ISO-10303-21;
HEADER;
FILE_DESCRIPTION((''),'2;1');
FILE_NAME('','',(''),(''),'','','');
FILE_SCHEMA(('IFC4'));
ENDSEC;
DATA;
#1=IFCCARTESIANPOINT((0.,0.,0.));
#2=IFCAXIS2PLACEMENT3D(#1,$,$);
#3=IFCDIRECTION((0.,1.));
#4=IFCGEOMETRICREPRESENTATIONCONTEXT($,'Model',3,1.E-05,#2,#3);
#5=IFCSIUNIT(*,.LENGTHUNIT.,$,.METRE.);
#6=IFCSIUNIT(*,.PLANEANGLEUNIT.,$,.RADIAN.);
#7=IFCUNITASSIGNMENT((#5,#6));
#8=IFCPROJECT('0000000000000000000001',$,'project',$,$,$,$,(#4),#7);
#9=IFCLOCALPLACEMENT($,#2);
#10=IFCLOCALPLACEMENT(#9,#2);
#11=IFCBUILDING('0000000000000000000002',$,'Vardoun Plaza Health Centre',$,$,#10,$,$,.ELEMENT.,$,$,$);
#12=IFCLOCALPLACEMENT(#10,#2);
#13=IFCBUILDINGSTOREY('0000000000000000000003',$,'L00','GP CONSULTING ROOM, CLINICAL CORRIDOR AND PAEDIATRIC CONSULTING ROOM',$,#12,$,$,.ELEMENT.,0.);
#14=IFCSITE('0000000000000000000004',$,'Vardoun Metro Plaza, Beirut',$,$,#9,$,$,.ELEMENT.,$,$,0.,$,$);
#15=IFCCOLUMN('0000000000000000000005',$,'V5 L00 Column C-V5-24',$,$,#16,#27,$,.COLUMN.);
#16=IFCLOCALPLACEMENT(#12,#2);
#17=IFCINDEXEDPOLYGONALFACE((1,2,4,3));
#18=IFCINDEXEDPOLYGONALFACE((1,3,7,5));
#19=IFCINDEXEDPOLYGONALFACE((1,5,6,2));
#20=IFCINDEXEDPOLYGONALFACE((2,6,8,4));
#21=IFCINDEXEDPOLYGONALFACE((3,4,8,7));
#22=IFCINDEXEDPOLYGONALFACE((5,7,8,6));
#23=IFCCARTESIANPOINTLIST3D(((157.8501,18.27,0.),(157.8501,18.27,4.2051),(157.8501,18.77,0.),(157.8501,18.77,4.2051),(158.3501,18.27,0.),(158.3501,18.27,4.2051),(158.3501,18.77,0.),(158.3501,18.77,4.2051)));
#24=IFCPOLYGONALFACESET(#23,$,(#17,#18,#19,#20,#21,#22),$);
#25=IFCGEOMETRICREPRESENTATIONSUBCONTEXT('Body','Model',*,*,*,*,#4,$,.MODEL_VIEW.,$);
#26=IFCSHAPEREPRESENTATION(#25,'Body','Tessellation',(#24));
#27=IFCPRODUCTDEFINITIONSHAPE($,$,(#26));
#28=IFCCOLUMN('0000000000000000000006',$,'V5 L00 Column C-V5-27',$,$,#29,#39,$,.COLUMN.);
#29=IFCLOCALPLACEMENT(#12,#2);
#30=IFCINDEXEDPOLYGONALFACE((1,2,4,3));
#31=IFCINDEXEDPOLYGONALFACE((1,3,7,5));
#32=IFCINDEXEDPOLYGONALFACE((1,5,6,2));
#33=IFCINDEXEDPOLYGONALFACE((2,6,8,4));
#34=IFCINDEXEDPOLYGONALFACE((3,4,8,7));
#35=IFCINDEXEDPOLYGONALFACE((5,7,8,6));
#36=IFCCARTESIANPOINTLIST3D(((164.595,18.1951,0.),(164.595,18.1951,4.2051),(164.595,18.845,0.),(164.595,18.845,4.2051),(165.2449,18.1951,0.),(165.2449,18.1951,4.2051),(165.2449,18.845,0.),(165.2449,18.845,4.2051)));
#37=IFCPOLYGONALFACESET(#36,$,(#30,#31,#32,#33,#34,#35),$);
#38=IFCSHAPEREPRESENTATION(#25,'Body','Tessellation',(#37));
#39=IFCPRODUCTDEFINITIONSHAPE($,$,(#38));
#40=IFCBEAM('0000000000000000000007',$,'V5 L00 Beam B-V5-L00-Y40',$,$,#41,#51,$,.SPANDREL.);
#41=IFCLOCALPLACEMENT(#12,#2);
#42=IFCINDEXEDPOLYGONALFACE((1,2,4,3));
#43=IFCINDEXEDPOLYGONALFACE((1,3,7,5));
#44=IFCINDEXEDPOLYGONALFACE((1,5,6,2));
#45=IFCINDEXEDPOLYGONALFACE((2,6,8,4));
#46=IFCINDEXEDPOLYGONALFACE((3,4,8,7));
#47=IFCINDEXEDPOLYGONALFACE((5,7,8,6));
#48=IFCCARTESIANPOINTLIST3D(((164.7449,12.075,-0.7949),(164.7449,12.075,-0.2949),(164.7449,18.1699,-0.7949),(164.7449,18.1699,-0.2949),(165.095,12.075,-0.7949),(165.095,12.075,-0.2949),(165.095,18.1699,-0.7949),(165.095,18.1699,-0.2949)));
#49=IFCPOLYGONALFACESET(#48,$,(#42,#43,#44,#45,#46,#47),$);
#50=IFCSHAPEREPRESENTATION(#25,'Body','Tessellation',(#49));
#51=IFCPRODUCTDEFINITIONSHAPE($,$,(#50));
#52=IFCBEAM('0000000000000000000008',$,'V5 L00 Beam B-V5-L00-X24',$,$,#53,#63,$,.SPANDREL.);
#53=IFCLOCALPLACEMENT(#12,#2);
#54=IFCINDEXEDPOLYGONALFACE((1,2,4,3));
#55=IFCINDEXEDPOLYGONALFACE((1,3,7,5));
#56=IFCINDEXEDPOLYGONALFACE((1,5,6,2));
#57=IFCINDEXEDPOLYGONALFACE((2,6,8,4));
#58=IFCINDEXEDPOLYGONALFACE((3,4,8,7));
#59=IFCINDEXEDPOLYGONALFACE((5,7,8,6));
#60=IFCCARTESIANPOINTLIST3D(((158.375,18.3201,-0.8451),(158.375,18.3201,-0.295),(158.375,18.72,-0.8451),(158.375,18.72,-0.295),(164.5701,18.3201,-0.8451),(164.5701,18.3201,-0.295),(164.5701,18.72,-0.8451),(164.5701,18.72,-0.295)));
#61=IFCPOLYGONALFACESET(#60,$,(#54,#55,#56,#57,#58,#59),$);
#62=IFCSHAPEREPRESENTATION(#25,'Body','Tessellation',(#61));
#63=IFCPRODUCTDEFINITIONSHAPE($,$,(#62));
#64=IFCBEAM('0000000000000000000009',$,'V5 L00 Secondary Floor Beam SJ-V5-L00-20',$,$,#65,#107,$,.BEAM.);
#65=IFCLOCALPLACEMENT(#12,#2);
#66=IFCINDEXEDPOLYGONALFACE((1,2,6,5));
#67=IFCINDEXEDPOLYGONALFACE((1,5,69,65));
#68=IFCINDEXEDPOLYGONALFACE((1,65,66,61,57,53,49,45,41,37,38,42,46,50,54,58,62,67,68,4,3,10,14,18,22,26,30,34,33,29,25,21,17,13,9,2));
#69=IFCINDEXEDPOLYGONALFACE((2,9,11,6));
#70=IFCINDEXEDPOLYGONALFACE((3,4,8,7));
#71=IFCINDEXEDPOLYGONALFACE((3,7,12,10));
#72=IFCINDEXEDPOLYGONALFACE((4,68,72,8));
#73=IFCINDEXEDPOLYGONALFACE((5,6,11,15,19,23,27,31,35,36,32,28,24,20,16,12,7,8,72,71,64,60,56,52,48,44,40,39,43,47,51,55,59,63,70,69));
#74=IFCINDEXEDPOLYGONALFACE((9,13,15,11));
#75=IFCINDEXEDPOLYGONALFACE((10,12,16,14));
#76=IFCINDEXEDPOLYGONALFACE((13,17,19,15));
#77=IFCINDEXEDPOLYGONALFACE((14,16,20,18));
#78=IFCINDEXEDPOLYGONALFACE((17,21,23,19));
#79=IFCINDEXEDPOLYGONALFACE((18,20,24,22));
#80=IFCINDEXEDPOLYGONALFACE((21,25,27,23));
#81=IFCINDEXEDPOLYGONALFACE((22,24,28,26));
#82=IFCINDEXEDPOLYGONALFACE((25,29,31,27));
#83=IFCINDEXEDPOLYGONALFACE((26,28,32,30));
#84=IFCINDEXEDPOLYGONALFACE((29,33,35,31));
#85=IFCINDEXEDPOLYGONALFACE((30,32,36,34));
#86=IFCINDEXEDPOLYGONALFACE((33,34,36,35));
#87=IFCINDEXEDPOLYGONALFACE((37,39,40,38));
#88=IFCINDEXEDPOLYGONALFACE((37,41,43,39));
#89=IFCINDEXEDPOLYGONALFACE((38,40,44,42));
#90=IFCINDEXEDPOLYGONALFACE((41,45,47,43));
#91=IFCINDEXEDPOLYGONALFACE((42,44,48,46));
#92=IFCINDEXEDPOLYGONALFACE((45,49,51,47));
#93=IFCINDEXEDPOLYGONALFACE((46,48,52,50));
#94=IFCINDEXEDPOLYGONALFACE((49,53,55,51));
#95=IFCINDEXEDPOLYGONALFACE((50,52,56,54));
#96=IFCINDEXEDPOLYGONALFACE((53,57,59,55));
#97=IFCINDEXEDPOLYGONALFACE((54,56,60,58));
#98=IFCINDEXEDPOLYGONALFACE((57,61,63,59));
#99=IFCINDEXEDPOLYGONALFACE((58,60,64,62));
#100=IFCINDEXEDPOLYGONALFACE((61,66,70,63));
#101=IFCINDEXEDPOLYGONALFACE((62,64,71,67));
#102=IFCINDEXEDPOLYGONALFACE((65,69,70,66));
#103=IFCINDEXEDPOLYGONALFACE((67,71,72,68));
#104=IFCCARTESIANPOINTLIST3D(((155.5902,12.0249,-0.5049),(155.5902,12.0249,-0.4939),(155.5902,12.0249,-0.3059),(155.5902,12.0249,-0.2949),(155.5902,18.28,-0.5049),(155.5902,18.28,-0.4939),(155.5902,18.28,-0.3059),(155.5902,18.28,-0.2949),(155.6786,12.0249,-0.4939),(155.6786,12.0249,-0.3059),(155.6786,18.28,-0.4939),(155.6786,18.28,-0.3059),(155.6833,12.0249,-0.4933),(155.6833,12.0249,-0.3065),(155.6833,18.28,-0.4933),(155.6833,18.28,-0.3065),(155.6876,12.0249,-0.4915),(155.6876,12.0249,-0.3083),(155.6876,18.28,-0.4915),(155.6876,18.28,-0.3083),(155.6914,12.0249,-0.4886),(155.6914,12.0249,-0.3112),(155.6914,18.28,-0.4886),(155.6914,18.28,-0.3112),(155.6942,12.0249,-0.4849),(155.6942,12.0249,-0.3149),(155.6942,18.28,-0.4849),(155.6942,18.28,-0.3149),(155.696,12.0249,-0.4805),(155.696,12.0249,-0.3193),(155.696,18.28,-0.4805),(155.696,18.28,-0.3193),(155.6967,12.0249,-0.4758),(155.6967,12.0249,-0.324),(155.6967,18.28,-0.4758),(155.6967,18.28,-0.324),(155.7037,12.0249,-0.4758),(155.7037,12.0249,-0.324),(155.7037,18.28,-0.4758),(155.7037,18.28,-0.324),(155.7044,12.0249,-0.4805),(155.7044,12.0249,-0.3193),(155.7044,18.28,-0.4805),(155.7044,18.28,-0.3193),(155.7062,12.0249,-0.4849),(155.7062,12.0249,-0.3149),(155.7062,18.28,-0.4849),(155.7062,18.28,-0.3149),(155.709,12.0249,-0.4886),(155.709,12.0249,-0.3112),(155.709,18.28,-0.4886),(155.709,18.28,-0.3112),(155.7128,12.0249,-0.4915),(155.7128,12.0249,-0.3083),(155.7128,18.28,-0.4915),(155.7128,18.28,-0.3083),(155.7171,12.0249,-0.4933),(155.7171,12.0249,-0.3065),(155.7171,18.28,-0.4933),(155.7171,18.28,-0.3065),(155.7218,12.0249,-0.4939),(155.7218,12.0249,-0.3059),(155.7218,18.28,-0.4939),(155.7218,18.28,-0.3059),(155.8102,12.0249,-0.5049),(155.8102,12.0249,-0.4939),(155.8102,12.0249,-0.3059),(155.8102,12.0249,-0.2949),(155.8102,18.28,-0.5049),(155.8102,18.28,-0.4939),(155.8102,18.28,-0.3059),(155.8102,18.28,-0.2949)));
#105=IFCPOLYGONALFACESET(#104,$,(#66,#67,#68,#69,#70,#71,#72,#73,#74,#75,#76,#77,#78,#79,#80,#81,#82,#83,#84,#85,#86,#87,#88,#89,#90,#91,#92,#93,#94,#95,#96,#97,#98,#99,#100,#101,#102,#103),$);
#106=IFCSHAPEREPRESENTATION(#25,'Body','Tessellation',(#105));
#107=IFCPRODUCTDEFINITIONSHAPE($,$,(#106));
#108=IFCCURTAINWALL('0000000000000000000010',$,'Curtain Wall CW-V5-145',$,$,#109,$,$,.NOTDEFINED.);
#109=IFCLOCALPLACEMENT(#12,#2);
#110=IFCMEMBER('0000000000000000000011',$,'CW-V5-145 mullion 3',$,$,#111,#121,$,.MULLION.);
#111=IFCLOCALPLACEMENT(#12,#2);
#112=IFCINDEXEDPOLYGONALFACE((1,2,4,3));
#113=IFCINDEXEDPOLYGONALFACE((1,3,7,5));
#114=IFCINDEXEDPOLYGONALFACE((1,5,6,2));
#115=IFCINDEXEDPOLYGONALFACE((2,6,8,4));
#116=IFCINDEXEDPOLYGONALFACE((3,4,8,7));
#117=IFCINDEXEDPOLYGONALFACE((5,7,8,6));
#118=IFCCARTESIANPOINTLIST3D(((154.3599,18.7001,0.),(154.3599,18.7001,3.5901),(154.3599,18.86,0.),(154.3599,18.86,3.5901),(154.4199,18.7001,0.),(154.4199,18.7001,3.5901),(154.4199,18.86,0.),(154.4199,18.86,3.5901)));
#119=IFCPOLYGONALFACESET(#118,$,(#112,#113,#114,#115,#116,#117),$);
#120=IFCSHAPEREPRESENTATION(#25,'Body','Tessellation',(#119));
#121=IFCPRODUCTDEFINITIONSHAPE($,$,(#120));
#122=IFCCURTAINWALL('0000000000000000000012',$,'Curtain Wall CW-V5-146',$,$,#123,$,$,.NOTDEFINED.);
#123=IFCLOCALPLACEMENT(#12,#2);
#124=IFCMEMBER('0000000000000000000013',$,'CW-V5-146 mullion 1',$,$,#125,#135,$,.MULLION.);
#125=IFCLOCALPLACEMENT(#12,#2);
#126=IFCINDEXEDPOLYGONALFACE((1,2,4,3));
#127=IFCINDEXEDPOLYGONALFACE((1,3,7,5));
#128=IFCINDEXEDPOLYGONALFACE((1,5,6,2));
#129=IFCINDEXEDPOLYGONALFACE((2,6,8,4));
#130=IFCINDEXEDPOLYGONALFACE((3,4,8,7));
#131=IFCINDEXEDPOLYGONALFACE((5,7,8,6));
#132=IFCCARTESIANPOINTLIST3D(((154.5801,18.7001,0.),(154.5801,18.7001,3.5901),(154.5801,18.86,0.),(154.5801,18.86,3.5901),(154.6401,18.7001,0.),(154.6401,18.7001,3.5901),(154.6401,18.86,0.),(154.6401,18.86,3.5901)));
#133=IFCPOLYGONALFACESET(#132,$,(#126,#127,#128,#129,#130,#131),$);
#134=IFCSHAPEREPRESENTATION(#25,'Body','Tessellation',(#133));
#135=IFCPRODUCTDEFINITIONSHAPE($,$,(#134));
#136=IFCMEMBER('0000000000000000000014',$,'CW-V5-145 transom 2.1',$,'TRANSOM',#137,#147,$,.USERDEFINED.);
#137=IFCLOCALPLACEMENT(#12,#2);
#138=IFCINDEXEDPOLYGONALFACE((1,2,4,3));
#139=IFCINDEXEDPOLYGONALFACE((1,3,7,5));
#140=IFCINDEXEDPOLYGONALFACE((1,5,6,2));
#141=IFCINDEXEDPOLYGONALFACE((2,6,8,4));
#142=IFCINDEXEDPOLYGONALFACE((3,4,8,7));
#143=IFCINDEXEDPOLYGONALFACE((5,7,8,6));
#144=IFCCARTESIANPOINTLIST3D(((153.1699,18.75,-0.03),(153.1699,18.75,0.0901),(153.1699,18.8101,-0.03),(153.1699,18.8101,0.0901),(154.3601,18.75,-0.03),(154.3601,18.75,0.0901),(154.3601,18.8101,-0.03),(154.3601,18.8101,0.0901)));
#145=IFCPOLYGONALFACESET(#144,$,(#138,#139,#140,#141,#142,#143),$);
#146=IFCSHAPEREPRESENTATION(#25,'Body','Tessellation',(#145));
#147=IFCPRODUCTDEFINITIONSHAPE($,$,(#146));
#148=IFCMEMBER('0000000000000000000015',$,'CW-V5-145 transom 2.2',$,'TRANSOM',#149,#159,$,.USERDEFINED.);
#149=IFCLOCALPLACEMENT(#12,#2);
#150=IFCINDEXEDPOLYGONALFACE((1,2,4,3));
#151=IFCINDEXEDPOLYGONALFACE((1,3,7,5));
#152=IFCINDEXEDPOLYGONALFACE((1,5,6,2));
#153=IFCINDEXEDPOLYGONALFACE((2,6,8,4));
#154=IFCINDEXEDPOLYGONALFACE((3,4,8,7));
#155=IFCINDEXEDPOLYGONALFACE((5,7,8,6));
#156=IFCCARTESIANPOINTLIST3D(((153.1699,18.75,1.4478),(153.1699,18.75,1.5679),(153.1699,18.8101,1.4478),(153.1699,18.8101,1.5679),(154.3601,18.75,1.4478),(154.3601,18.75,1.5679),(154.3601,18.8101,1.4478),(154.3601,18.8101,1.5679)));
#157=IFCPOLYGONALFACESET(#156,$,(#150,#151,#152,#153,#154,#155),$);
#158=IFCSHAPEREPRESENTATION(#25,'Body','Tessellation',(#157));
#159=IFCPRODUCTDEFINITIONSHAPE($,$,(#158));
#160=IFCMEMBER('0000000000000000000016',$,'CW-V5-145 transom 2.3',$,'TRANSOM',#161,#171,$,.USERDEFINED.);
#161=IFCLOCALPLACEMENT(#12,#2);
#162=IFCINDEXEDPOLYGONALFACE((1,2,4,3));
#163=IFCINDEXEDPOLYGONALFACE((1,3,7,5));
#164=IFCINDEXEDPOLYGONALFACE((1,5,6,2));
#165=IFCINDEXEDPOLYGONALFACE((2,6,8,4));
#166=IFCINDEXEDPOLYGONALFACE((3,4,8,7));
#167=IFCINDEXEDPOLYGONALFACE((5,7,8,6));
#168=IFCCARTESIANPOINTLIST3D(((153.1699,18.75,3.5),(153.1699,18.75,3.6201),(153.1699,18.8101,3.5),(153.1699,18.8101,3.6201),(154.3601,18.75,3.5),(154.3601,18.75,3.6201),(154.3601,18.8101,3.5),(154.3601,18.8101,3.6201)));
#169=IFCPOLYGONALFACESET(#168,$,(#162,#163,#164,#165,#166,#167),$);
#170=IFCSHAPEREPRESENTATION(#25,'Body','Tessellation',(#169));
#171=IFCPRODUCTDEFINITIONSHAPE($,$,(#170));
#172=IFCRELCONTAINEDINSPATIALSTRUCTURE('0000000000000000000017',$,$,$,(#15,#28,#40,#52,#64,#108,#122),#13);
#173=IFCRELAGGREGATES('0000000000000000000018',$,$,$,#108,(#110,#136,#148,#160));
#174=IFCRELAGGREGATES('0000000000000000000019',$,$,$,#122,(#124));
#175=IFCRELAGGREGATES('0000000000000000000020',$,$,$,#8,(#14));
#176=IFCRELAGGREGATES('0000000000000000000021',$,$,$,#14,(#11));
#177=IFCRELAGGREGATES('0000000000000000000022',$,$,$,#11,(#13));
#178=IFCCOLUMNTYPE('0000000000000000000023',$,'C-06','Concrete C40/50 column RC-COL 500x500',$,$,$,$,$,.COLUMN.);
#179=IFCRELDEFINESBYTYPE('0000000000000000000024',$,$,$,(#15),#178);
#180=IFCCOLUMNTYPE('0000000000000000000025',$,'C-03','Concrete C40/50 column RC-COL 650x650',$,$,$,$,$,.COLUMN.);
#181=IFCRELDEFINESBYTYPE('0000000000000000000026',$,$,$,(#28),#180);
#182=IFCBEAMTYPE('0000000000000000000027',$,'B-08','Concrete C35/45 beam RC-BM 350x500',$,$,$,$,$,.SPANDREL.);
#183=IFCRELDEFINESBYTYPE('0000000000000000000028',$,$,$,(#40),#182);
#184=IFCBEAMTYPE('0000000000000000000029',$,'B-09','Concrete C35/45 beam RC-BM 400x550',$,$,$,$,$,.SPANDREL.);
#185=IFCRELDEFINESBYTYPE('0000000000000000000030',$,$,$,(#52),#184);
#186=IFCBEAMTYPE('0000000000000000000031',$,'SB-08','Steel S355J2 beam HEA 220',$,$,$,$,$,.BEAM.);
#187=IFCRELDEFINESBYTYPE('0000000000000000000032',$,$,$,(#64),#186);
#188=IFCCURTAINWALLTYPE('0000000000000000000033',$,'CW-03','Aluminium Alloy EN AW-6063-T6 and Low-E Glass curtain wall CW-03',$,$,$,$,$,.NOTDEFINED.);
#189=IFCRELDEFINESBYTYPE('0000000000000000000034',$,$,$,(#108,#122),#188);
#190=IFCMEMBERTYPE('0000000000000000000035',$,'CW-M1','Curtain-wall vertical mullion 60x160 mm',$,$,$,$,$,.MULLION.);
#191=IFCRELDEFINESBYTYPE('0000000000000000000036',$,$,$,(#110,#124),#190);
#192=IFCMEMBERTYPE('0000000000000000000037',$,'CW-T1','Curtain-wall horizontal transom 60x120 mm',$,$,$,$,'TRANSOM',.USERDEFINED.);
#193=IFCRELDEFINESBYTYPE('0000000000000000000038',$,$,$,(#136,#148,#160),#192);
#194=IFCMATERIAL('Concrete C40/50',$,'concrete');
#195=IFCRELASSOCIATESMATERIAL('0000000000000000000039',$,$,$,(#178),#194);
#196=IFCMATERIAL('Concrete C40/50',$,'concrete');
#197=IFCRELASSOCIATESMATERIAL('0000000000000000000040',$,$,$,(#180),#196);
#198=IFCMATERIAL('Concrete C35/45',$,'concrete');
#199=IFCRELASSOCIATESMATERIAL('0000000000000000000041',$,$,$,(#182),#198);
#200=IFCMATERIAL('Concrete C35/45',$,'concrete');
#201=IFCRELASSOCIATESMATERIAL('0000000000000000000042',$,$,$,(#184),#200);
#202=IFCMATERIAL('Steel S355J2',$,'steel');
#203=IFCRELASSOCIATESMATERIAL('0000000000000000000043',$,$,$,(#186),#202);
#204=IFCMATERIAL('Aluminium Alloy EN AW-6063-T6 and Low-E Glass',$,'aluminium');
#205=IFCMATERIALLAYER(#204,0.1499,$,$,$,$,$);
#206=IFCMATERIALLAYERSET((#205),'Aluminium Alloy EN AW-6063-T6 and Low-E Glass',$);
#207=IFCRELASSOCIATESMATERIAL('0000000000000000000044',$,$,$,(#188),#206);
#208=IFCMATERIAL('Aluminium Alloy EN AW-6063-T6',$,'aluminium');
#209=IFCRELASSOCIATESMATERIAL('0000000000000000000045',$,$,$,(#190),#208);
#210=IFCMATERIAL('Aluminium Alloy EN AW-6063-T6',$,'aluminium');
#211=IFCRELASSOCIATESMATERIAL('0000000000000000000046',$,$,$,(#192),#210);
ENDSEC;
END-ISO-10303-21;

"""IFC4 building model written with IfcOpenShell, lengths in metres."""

from ifc_helpers import new_model, si_unit, direction, frame, origin, origin_2d, place, context, subcontext, project, spatial, rectangle, i_section, extrude, material, layer, layer_set, material_profile, profile_set, type_object, element, aggregate, save


model = new_model("IFC4")

# Units and contexts
model_context = context("Model", 3, precision=1e-05, world=origin(), true_north=direction((0.0, 1.0)))
body_context = subcontext(model_context, "Body", "Model", "MODEL_VIEW")
ifc_project = project(units=[si_unit("LENGTHUNIT", "METRE"), si_unit("PLANEANGLEUNIT", "RADIAN")], contexts=[model_context])

# Site, building, storey
site_placement = place(None, origin())
site = spatial("IfcSite", under=ifc_project, at=site_placement, Name="Vardoun Metro Plaza, Beirut", CompositionType="ELEMENT", RefElevation=0.0)
building_placement = place(site_placement, origin())
building = spatial("IfcBuilding", under=site, at=building_placement, Name="Vardoun Plaza Health Centre", CompositionType="ELEMENT")
storey_placement = place(building_placement, origin())
storey = spatial("IfcBuildingStorey", under=building, at=storey_placement, Name="L00", Description="GP CONSULTING ROOM, CLINICAL CORRIDOR AND PAEDIATRIC CONSULTING ROOM", CompositionType="ELEMENT", Elevation=0.0)

# Columns
ifc_material_1 = material(Name="Concrete C40/50", Category="concrete")
ifc_material_profile_1 = material_profile(ifc_material_1, rectangle(XDim=0.5, YDim=0.5, at=origin_2d()), Name="RC-COL 500x500")
ifc_profile_set_1 = profile_set([ifc_material_profile_1], Name="Concrete C40/50")
column_type_1 = type_object("IfcColumnType", Name="C-06", Description="Concrete C40/50 column RC-COL 500x500", PredefinedType="COLUMN", material=ifc_profile_set_1)
column_1_placement = place(storey_placement, frame((158.1001, 18.52, 0.0), z_axis=(0.0, 0.0, 1.0), x_axis=(1.0, 0.0, 0.0)))
element("IfcColumn", 1, at=column_1_placement, inside=storey, type_object=column_type_1, Name="V5 L00 Column C-V5-24", PredefinedType="COLUMN", context=body_context, shape_type="SweptSolid", body=[
    extrude(rectangle(XDim=0.5, YDim=0.5, at=origin_2d()), origin(), (0.0, 0.0, 1.0), 4.2051),
])
ifc_material_2 = material(Name="Concrete C40/50", Category="concrete")
ifc_material_profile_2 = material_profile(ifc_material_2, rectangle(XDim=0.6499, YDim=0.6499, at=origin_2d()), Name="RC-COL 650x650")
ifc_profile_set_2 = profile_set([ifc_material_profile_2], Name="Concrete C40/50")
column_type_2 = type_object("IfcColumnType", Name="C-03", Description="Concrete C40/50 column RC-COL 650x650", PredefinedType="COLUMN", material=ifc_profile_set_2)
column_2_placement = place(storey_placement, frame((164.9199, 18.52, 0.0), z_axis=(0.0, 0.0, 1.0), x_axis=(1.0, 0.0, 0.0)))
element("IfcColumn", 2, at=column_2_placement, inside=storey, type_object=column_type_2, Name="V5 L00 Column C-V5-27", PredefinedType="COLUMN", context=body_context, shape_type="SweptSolid", body=[
    extrude(rectangle(XDim=0.6499, YDim=0.6499, at=origin_2d()), origin(), (0.0, 0.0, 1.0), 4.2051),
])

# Beams
ifc_material_3 = material(Name="Concrete C35/45", Category="concrete")
ifc_material_profile_3 = material_profile(ifc_material_3, rectangle(XDim=0.3501, YDim=0.5, at=origin_2d()), Name="RC-BM 350x500")
ifc_profile_set_3 = profile_set([ifc_material_profile_3], Name="Concrete C35/45")
beam_type_1 = type_object("IfcBeamType", Name="B-08", Description="Concrete C35/45 beam RC-BM 350x500", PredefinedType="SPANDREL", material=ifc_profile_set_3)
beam_1_placement = place(storey_placement, frame((164.9199, 12.075, -0.5449), z_axis=(0.0, 1.0, 0.0), x_axis=(-1.0, 0.0, 0.0)))
element("IfcBeam", 3, at=beam_1_placement, inside=storey, type_object=beam_type_1, Name="V5 L00 Beam B-V5-L00-Y40", PredefinedType="SPANDREL", context=body_context, shape_type="SweptSolid", body=[
    extrude(rectangle(XDim=0.3501, YDim=0.5, at=origin_2d()), origin(), (0.0, 0.0, 1.0), 6.095),
])
ifc_material_4 = material(Name="Concrete C35/45", Category="concrete")
ifc_material_profile_4 = material_profile(ifc_material_4, rectangle(XDim=0.3999, YDim=0.55, at=origin_2d()), Name="RC-BM 400x550")
ifc_profile_set_4 = profile_set([ifc_material_profile_4], Name="Concrete C35/45")
beam_type_2 = type_object("IfcBeamType", Name="B-09", Description="Concrete C35/45 beam RC-BM 400x550", PredefinedType="SPANDREL", material=ifc_profile_set_4)
beam_2_placement = place(storey_placement, frame((158.375, 18.52, -0.5701), z_axis=(1.0, 0.0, 0.0), x_axis=(0.0, 1.0, 0.0)))
element("IfcBeam", 4, at=beam_2_placement, inside=storey, type_object=beam_type_2, Name="V5 L00 Beam B-V5-L00-X24", PredefinedType="SPANDREL", context=body_context, shape_type="SweptSolid", body=[
    extrude(rectangle(XDim=0.3999, YDim=0.55, at=origin_2d()), origin(), (0.0, 0.0, 1.0), 6.1951),
])
ifc_material_5 = material(Name="Steel S355J2", Category="steel")
ifc_material_profile_5 = material_profile(ifc_material_5, i_section(OverallWidth=0.22, OverallDepth=0.21, WebThickness=0.0071, FlangeThickness=0.011, FilletRadius=0.0181, at=origin_2d()), Name="HEA 220")
ifc_profile_set_5 = profile_set([ifc_material_profile_5], Name="Steel S355J2")
beam_type_3 = type_object("IfcBeamType", Name="SB-08", Description="Steel S355J2 beam HEA 220", PredefinedType="BEAM", material=ifc_profile_set_5)
beam_3_placement = place(storey_placement, frame((155.7002, 12.0249, -0.3999), z_axis=(0.0, 1.0, 0.0), x_axis=(-1.0, 0.0, 0.0)))
element("IfcBeam", 5, at=beam_3_placement, inside=storey, type_object=beam_type_3, Name="V5 L00 Secondary Floor Beam SJ-V5-L00-20", PredefinedType="BEAM", context=body_context, shape_type="SweptSolid", body=[
    extrude(i_section(OverallWidth=0.22, OverallDepth=0.21, WebThickness=0.0071, FlangeThickness=0.011, FilletRadius=0.0181, at=origin_2d()), origin(), (0.0, 0.0, 1.0), 6.2551),
])

# Curtain walls, members
ifc_material_6 = material(Name="Aluminium Alloy EN AW-6063-T6 and Low-E Glass", Category="aluminium")
ifc_layer_1 = layer(ifc_material_6, 0.1499)
ifc_layer_set_1 = layer_set([ifc_layer_1], Name="Aluminium Alloy EN AW-6063-T6 and Low-E Glass")
curtain_wall_type = type_object("IfcCurtainWallType", Name="CW-03", Description="Aluminium Alloy EN AW-6063-T6 and Low-E Glass curtain wall CW-03", PredefinedType="NOTDEFINED", material=ifc_layer_set_1)
curtain_wall_1_placement = place(storey_placement, origin())
curtain_wall_1 = element("IfcCurtainWall", 6, at=curtain_wall_1_placement, inside=storey, type_object=curtain_wall_type, Name="Curtain Wall CW-V5-145", PredefinedType="NOTDEFINED")
ifc_material_7 = material(Name="Aluminium Alloy EN AW-6063-T6", Category="aluminium")
ifc_material_profile_6 = material_profile(ifc_material_7, rectangle(XDim=0.1599, YDim=0.0601, at=origin_2d()), Name="CWM 60x160")
ifc_profile_set_6 = profile_set([ifc_material_profile_6], Name="Aluminium Alloy EN AW-6063-T6")
member_type_1 = type_object("IfcMemberType", Name="CW-M1", Description="Curtain-wall vertical mullion 60x160 mm", PredefinedType="MULLION", material=ifc_profile_set_6)
member_1_placement = place(storey_placement, frame((154.3899, 18.78, 0.0), z_axis=(0.0, 0.0, 1.0), x_axis=(0.0, 1.0, 0.0)))
member_1 = element("IfcMember", 7, at=member_1_placement, type_object=member_type_1, Name="CW-V5-145 mullion 3", PredefinedType="MULLION", context=body_context, shape_type="SweptSolid", body=[
    extrude(rectangle(XDim=0.1599, YDim=0.0601, at=origin_2d()), origin(), (0.0, 0.0, 1.0), 3.5901),
])
curtain_wall_2_placement = place(storey_placement, origin())
curtain_wall_2 = element("IfcCurtainWall", 8, at=curtain_wall_2_placement, inside=storey, type_object=curtain_wall_type, Name="Curtain Wall CW-V5-146", PredefinedType="NOTDEFINED")
member_2_placement = place(storey_placement, frame((154.6101, 18.78, 0.0), z_axis=(0.0, 0.0, 1.0), x_axis=(0.0, 1.0, 0.0)))
member_2 = element("IfcMember", 9, at=member_2_placement, type_object=member_type_1, Name="CW-V5-146 mullion 1", PredefinedType="MULLION", context=body_context, shape_type="SweptSolid", body=[
    extrude(rectangle(XDim=0.1599, YDim=0.0601, at=origin_2d()), origin(), (0.0, 0.0, 1.0), 3.5901),
])

# Members
ifc_material_8 = material(Name="Aluminium Alloy EN AW-6063-T6", Category="aluminium")
ifc_material_profile_7 = material_profile(ifc_material_8, rectangle(XDim=0.0601, YDim=0.1201, at=origin_2d()), Name="CWT 60x120")
ifc_profile_set_7 = profile_set([ifc_material_profile_7], Name="Aluminium Alloy EN AW-6063-T6")
member_type_2 = type_object("IfcMemberType", Name="CW-T1", Description="Curtain-wall horizontal transom 60x120 mm", ElementType="TRANSOM", PredefinedType="USERDEFINED", material=ifc_profile_set_7)
member_3_placement = place(storey_placement, frame((153.1699, 18.78, 0.03), z_axis=(1.0, 0.0, 0.0), x_axis=(0.0, 1.0, 0.0)))
member_3 = element("IfcMember", 10, at=member_3_placement, type_object=member_type_2, Name="CW-V5-145 transom 2.1", ObjectType="TRANSOM", PredefinedType="USERDEFINED", context=body_context, shape_type="SweptSolid", body=[
    extrude(rectangle(XDim=0.0601, YDim=0.1201, at=origin_2d()), origin(), (0.0, 0.0, 1.0), 1.1902),
])
member_4_placement = place(storey_placement, frame((153.1699, 18.78, 1.5078), z_axis=(1.0, 0.0, 0.0), x_axis=(0.0, 1.0, 0.0)))
member_4 = element("IfcMember", 11, at=member_4_placement, type_object=member_type_2, Name="CW-V5-145 transom 2.2", ObjectType="TRANSOM", PredefinedType="USERDEFINED", context=body_context, shape_type="SweptSolid", body=[
    extrude(rectangle(XDim=0.0601, YDim=0.1201, at=origin_2d()), origin(), (0.0, 0.0, 1.0), 1.1902),
])
member_5_placement = place(storey_placement, frame((153.1699, 18.78, 3.5601), z_axis=(1.0, 0.0, 0.0), x_axis=(0.0, 1.0, 0.0)))
member_5 = element("IfcMember", 12, at=member_5_placement, type_object=member_type_2, Name="CW-V5-145 transom 2.3", ObjectType="TRANSOM", PredefinedType="USERDEFINED", context=body_context, shape_type="SweptSolid", body=[
    extrude(rectangle(XDim=0.0601, YDim=0.1201, at=origin_2d()), origin(), (0.0, 0.0, 1.0), 1.1902),
])

aggregate(curtain_wall_1, [member_1, member_3, member_4, member_5])
aggregate(curtain_wall_2, [member_2])

save(model, "model.ifc")
